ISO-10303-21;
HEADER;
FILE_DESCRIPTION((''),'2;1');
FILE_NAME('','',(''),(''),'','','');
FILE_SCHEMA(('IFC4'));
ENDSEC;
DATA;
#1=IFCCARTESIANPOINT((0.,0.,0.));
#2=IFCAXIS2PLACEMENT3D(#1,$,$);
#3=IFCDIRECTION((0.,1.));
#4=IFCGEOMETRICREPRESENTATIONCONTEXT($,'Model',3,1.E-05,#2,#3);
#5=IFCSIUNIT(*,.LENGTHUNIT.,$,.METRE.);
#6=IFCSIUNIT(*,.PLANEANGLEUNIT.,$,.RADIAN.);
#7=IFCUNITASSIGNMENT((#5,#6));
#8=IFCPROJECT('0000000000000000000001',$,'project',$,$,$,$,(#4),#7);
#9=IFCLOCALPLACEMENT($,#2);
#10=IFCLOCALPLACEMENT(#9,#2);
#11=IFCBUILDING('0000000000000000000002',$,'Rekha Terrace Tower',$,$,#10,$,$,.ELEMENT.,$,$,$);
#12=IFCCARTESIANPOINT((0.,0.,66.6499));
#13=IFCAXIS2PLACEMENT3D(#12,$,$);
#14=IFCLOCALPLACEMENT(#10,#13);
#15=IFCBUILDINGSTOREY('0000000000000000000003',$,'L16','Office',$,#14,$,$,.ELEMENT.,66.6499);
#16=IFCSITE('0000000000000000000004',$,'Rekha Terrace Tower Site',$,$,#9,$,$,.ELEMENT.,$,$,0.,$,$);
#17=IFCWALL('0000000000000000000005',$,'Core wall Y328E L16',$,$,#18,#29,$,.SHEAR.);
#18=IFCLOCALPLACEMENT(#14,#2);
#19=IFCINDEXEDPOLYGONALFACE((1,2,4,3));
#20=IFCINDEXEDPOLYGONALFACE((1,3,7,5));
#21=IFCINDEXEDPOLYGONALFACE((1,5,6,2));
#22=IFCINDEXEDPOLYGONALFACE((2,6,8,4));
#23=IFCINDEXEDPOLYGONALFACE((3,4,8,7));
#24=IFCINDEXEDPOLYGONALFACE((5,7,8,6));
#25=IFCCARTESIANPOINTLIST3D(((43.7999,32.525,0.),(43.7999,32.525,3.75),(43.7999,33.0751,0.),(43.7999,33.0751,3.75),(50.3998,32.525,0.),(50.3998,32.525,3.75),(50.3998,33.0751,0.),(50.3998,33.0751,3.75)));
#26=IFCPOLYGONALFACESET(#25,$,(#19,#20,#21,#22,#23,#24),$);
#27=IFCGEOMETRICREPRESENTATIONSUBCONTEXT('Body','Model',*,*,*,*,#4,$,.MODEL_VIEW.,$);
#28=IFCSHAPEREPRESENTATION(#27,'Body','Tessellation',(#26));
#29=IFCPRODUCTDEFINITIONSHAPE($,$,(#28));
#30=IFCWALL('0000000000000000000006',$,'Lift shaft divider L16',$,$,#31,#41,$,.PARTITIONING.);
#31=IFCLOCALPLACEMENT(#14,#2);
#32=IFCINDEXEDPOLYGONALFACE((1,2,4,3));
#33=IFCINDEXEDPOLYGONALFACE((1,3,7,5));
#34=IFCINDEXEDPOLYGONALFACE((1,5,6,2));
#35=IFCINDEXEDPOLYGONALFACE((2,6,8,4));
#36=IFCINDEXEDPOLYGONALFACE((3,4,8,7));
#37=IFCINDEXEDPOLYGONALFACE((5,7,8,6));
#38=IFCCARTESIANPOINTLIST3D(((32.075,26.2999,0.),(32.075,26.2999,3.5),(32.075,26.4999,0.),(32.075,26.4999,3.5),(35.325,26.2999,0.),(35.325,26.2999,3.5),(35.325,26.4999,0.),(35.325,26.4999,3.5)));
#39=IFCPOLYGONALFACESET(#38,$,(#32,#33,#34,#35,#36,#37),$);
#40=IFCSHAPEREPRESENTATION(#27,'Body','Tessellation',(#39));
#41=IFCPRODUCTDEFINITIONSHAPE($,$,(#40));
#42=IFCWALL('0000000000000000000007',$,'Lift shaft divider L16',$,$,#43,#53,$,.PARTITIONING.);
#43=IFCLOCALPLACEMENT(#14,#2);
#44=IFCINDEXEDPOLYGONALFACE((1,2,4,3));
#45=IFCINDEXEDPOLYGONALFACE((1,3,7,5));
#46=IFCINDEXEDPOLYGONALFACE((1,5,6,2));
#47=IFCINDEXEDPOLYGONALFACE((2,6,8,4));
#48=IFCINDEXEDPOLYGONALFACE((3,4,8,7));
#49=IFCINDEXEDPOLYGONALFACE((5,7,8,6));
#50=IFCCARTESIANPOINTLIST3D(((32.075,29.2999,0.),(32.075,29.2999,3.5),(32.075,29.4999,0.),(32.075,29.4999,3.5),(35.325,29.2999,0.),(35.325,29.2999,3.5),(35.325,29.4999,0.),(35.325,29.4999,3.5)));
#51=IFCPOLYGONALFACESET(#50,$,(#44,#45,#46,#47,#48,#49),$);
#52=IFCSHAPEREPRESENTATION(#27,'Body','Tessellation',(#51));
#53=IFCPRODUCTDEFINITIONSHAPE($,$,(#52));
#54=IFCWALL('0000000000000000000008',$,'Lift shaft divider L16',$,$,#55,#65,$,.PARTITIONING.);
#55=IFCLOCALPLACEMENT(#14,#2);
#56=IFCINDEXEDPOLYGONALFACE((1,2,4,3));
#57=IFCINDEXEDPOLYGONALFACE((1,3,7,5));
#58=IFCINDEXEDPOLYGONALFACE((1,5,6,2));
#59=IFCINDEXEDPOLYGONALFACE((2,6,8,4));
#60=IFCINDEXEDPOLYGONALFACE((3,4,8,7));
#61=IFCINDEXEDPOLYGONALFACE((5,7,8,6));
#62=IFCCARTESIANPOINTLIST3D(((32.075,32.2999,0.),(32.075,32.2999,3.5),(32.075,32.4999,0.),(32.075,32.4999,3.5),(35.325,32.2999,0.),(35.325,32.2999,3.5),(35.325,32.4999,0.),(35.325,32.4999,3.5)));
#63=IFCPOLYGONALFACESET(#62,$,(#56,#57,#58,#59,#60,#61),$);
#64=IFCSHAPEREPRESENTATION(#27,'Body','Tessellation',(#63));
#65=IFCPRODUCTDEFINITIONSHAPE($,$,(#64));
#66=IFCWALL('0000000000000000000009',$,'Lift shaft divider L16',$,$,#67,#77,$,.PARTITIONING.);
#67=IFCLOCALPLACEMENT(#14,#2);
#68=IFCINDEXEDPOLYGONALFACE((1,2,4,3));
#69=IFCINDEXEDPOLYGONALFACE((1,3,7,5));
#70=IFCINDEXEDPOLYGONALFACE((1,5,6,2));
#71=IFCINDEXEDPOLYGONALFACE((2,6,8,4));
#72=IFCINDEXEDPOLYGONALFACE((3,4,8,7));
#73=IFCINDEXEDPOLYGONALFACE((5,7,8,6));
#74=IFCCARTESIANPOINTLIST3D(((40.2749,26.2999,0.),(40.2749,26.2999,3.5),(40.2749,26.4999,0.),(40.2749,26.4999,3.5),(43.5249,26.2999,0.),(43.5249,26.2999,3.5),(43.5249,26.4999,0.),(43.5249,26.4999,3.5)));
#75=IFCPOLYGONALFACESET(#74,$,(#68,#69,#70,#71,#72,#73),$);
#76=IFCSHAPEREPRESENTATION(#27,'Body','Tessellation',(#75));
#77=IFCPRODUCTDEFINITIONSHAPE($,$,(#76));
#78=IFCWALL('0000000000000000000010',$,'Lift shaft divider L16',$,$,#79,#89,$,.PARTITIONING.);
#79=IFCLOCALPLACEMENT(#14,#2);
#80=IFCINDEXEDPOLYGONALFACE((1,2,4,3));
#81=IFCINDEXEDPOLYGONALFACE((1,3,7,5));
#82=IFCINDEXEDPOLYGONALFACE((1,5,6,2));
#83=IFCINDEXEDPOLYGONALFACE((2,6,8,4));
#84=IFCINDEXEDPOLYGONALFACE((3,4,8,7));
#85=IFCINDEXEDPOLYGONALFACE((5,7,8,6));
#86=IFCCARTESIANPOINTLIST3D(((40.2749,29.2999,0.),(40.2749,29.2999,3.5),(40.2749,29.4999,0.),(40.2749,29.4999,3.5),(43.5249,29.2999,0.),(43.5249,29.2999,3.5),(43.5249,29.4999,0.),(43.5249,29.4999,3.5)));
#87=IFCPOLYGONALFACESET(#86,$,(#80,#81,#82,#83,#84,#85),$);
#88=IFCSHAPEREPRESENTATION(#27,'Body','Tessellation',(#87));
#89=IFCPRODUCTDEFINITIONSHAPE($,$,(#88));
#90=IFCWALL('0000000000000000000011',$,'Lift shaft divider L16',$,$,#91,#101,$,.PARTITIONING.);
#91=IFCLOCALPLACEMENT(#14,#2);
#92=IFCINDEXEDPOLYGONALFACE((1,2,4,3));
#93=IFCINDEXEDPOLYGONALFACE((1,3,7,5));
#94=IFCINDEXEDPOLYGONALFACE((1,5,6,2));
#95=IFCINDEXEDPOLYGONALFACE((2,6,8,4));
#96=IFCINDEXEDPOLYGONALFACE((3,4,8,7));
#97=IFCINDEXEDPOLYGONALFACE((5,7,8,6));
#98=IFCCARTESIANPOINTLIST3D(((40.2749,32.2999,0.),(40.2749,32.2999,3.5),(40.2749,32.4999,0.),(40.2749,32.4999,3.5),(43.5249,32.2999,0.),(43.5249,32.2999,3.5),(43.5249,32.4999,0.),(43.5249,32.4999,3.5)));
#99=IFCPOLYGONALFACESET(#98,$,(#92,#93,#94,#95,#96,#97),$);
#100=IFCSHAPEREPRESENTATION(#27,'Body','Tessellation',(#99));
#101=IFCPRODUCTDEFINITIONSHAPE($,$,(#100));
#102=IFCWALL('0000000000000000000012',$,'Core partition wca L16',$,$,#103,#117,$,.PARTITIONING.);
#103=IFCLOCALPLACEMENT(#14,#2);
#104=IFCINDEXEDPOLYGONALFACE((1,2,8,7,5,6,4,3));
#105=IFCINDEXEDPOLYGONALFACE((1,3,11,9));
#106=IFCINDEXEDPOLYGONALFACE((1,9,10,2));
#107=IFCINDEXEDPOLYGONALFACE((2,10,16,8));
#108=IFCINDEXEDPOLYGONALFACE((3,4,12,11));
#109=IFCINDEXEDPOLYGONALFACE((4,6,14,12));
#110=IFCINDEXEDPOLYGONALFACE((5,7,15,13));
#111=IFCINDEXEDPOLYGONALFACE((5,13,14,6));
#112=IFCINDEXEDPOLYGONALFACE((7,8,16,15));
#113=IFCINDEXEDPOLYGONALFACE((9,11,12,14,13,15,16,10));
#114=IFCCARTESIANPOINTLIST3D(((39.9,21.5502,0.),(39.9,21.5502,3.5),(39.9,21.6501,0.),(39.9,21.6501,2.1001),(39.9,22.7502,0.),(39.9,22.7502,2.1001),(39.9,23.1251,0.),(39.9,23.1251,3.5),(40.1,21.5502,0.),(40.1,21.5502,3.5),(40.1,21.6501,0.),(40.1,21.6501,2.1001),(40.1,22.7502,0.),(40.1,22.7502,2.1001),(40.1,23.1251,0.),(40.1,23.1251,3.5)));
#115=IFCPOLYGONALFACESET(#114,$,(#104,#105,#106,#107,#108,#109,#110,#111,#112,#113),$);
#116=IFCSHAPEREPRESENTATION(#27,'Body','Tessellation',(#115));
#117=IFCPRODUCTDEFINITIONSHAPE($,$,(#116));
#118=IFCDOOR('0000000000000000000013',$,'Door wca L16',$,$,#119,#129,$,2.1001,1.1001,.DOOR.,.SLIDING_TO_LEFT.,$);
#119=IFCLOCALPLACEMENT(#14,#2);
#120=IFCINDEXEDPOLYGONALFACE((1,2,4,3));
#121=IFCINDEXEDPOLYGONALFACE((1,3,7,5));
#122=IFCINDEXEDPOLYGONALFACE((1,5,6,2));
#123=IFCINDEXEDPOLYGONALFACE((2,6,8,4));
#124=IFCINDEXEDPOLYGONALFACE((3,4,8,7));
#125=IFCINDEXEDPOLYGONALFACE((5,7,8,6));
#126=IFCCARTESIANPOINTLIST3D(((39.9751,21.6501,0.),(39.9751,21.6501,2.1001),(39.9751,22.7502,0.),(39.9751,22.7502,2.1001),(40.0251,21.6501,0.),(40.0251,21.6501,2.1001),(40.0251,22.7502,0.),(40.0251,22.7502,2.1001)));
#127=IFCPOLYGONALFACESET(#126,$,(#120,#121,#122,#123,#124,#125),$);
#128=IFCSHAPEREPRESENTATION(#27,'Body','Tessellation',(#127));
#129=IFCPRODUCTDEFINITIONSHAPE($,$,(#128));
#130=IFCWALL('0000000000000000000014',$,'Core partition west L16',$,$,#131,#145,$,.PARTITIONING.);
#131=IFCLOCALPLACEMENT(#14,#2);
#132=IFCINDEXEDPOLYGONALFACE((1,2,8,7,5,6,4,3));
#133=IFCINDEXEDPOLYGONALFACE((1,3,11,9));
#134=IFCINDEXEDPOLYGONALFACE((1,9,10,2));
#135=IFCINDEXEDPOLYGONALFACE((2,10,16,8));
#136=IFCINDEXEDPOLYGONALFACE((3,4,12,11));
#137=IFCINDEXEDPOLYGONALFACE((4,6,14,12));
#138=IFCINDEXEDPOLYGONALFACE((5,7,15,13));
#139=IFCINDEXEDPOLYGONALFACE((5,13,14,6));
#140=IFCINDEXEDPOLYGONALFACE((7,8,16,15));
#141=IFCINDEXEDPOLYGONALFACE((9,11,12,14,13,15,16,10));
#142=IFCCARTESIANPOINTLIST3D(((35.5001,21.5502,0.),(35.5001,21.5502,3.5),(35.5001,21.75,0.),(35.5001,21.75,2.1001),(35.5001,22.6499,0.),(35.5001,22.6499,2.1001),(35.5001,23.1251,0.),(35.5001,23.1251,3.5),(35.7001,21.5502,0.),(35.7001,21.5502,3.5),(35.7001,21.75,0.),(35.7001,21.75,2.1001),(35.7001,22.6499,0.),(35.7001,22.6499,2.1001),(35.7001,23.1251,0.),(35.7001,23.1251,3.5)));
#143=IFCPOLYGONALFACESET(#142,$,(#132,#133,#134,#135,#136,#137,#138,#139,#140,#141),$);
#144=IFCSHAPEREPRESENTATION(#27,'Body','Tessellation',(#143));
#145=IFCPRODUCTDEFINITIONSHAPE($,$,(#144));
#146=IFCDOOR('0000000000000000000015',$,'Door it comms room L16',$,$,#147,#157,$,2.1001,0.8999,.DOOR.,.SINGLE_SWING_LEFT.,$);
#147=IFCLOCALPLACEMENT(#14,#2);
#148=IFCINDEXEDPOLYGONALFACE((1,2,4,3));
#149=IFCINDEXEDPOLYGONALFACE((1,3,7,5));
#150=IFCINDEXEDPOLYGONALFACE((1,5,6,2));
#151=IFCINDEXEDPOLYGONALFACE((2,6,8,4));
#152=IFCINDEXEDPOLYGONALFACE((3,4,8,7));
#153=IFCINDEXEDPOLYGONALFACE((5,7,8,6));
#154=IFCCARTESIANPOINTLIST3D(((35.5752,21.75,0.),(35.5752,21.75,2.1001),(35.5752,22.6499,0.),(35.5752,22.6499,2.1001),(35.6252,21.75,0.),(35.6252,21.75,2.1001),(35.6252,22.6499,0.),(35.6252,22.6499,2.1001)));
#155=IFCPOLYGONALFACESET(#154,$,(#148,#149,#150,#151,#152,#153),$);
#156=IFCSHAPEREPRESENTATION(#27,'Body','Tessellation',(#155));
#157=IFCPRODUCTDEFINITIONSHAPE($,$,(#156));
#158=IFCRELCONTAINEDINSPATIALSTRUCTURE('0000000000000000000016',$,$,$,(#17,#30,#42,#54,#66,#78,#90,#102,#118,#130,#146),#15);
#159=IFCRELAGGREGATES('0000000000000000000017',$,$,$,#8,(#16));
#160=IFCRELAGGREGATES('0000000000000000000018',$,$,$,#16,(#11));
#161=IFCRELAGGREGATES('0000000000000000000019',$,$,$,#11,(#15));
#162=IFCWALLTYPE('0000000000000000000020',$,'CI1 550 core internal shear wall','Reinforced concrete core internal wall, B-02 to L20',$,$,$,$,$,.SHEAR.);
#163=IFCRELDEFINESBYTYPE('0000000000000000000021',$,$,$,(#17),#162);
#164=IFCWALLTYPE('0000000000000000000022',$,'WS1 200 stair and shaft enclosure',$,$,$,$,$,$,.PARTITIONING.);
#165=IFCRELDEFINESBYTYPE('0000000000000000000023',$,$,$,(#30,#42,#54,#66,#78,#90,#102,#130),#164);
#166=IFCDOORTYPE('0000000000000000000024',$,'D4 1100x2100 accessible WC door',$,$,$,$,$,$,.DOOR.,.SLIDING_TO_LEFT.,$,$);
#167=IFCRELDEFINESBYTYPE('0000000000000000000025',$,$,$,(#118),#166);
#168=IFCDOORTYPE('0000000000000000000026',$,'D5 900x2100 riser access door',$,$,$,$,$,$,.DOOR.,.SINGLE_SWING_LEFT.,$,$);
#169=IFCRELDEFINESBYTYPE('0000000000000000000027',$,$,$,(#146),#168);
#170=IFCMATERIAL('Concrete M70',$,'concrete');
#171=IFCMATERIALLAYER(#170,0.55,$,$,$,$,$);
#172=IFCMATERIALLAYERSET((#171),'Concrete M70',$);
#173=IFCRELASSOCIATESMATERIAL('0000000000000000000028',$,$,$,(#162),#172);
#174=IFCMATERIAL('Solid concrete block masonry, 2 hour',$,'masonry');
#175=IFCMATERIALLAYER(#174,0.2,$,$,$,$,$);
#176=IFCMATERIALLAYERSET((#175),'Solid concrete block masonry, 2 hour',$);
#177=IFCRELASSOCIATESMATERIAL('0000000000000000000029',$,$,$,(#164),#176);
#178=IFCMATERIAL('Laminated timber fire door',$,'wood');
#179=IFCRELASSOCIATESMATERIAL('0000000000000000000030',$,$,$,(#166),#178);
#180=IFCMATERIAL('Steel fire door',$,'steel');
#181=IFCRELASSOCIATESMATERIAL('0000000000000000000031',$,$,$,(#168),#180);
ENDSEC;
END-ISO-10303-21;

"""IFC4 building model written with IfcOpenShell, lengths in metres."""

from ifc_helpers import new_model, si_unit, direction, frame, frame_2d, origin, place, context, subcontext, project, spatial, rectangle, extrude, material, layer, layer_set, type_object, element, fill, save


model = new_model("IFC4")

# Units and contexts
model_context = context("Model", 3, precision=1e-05, world=origin(), true_north=direction((0.0, 1.0)))
body_context = subcontext(model_context, "Body", "Model", "MODEL_VIEW")
ifc_project = project(units=[si_unit("LENGTHUNIT", "METRE"), si_unit("PLANEANGLEUNIT", "RADIAN")], contexts=[model_context])

# Site, building, storey
site_placement = place(None, origin())
site = spatial("IfcSite", under=ifc_project, at=site_placement, Name="Rekha Terrace Tower Site", CompositionType="ELEMENT", RefElevation=0.0)
building_placement = place(site_placement, origin())
building = spatial("IfcBuilding", under=site, at=building_placement, Name="Rekha Terrace Tower", CompositionType="ELEMENT")
storey_placement = place(building_placement, frame((0.0, 0.0, 66.6499)))
storey = spatial("IfcBuildingStorey", under=building, at=storey_placement, Name="L16", Description="Office", CompositionType="ELEMENT", Elevation=66.6499)

# Shared definitions
ifc_material_1 = material(Name="Concrete M70", Category="concrete")
ifc_layer_1 = layer(ifc_material_1, 0.55)
ifc_layer_set_1 = layer_set([ifc_layer_1], Name="Concrete M70")
wall_type_1 = type_object("IfcWallType", Name="CI1 550 core internal shear wall", Description="Reinforced concrete core internal wall, B-02 to L20", PredefinedType="SHEAR", material=ifc_layer_set_1)

# Walls
for number, where, z_axis, x_axis, name in (
    (1, (43.8, 32.8, 0.0), (0.0, 0.0, 1.0), (1.0, 0.0, 0.0), "Core wall Y328E L16"),
):
    element("IfcWall", number, at=place(storey_placement, frame(where, z_axis=z_axis, x_axis=x_axis)), inside=storey, type_object=wall_type_1, Name=name, PredefinedType="SHEAR", context=body_context, shape_type="SweptSolid", body=[
        extrude(rectangle(XDim=6.5999, YDim=0.55, at=frame_2d((3.2998, 0.0))), origin(), (0.0, 0.0, 1.0), 3.75),
    ])
ifc_material_2 = material(Name="Solid concrete block masonry, 2 hour", Category="masonry")
ifc_layer_2 = layer(ifc_material_2, 0.2)
ifc_layer_set_2 = layer_set([ifc_layer_2], Name="Solid concrete block masonry, 2 hour")
wall_type_2 = type_object("IfcWallType", Name="WS1 200 stair and shaft enclosure", PredefinedType="PARTITIONING", material=ifc_layer_set_2)
for number, where, z_axis, x_axis, name in (
    (2, (32.075, 26.3999, 0.0), (0.0, 0.0, 1.0), (1.0, 0.0, 0.0), "Lift shaft divider L16"),
    (3, (32.075, 29.3999, 0.0), (0.0, 0.0, 1.0), (1.0, 0.0, 0.0), "Lift shaft divider L16"),
    (4, (32.075, 32.3999, 0.0), (0.0, 0.0, 1.0), (1.0, 0.0, 0.0), "Lift shaft divider L16"),
    (5, (40.2749, 26.3999, 0.0), (0.0, 0.0, 1.0), (1.0, 0.0, 0.0), "Lift shaft divider L16"),
    (6, (40.2749, 29.3999, 0.0), (0.0, 0.0, 1.0), (1.0, 0.0, 0.0), "Lift shaft divider L16"),
    (7, (40.2749, 32.3999, 0.0), (0.0, 0.0, 1.0), (1.0, 0.0, 0.0), "Lift shaft divider L16"),
):
    element("IfcWall", number, at=place(storey_placement, frame(where, z_axis=z_axis, x_axis=x_axis)), inside=storey, type_object=wall_type_2, Name=name, PredefinedType="PARTITIONING", context=body_context, shape_type="SweptSolid", body=[
        extrude(rectangle(XDim=3.25, YDim=0.2, at=frame_2d((1.625, 0.0))), origin(), (0.0, 0.0, 1.0), 3.5),
    ])

# Walls, openings, doors
wall_1_placement = place(storey_placement, frame((40.0, 21.55, 0.0), z_axis=(0.0, 0.0, 1.0), x_axis=(0.0, 1.0, 0.0)))
wall_1 = element("IfcWall", 8, at=wall_1_placement, inside=storey, type_object=wall_type_2, Name="Core partition wca L16", PredefinedType="PARTITIONING", context=body_context, shape_type="SweptSolid", body=[
    extrude(rectangle(XDim=1.575, YDim=0.2, at=frame_2d((0.7876, 0.0))), origin(), (0.0, 0.0, 1.0), 3.5),
])
opening_1_placement = place(wall_1_placement, frame((0.1001, 0.0, 0.0)))
opening_1 = element("IfcOpeningElement", 9, at=opening_1_placement, cuts=wall_1, PredefinedType="OPENING", context=body_context, shape_type="SweptSolid", body=[
    extrude(rectangle(XDim=1.1001, YDim=2.1001, at=frame_2d((0.55, 1.05))), frame((0.0, 0.1099, 0.0), z_axis=(0.0, -1.0, 0.0), x_axis=(1.0, 0.0, 0.0)), (0.0, 0.0, 1.0), 0.22),
])
ifc_material_3 = material(Name="Laminated timber fire door", Category="wood")
door_type_1 = type_object("IfcDoorType", Name="D4 1100x2100 accessible WC door", OperationType="SLIDING_TO_LEFT", PredefinedType="DOOR", material=ifc_material_3)
door_1_placement = place(opening_1_placement, origin())
door_1 = element("IfcDoor", 10, at=door_1_placement, inside=storey, type_object=door_type_1, Name="Door wca L16", OperationType="SLIDING_TO_LEFT", OverallHeight=2.1001, OverallWidth=1.1001, PredefinedType="DOOR", context=body_context, shape_type="SweptSolid", body=[
    extrude(rectangle(XDim=1.1001, YDim=2.1001, at=frame_2d((0.55, 1.05))), frame((0.0, 0.0249, 0.0), z_axis=(0.0, -1.0, 0.0), x_axis=(1.0, 0.0, 0.0)), (0.0, 0.0, 1.0), 0.05),
])
fill(opening_1, door_1)
wall_2_placement = place(storey_placement, frame((35.6001, 21.55, 0.0), z_axis=(0.0, 0.0, 1.0), x_axis=(0.0, 1.0, 0.0)))
wall_2 = element("IfcWall", 11, at=wall_2_placement, inside=storey, type_object=wall_type_2, Name="Core partition west L16", PredefinedType="PARTITIONING", context=body_context, shape_type="SweptSolid", body=[
    extrude(rectangle(XDim=1.575, YDim=0.2, at=frame_2d((0.7876, 0.0))), origin(), (0.0, 0.0, 1.0), 3.5),
])
opening_2_placement = place(wall_2_placement, frame((0.2, 0.0, 0.0)))
opening_2 = element("IfcOpeningElement", 12, at=opening_2_placement, cuts=wall_2, PredefinedType="OPENING", context=body_context, shape_type="SweptSolid", body=[
    extrude(rectangle(XDim=0.8999, YDim=2.1001, at=frame_2d((0.45, 1.05))), frame((0.0, 0.1099, 0.0), z_axis=(0.0, -1.0, 0.0), x_axis=(1.0, 0.0, 0.0)), (0.0, 0.0, 1.0), 0.22),
])
ifc_material_4 = material(Name="Steel fire door", Category="steel")
door_type_2 = type_object("IfcDoorType", Name="D5 900x2100 riser access door", OperationType="SINGLE_SWING_LEFT", PredefinedType="DOOR", material=ifc_material_4)
door_2_placement = place(opening_2_placement, origin())
door_2 = element("IfcDoor", 13, at=door_2_placement, inside=storey, type_object=door_type_2, Name="Door it comms room L16", OperationType="SINGLE_SWING_LEFT", OverallHeight=2.1001, OverallWidth=0.8999, PredefinedType="DOOR", context=body_context, shape_type="SweptSolid", body=[
    extrude(rectangle(XDim=0.8999, YDim=2.1001, at=frame_2d((0.45, 1.05))), frame((0.0, 0.0249, 0.0), z_axis=(0.0, -1.0, 0.0), x_axis=(1.0, 0.0, 0.0)), (0.0, 0.0, 1.0), 0.05),
])
fill(opening_2, door_2)

save(model, "model.ifc")
